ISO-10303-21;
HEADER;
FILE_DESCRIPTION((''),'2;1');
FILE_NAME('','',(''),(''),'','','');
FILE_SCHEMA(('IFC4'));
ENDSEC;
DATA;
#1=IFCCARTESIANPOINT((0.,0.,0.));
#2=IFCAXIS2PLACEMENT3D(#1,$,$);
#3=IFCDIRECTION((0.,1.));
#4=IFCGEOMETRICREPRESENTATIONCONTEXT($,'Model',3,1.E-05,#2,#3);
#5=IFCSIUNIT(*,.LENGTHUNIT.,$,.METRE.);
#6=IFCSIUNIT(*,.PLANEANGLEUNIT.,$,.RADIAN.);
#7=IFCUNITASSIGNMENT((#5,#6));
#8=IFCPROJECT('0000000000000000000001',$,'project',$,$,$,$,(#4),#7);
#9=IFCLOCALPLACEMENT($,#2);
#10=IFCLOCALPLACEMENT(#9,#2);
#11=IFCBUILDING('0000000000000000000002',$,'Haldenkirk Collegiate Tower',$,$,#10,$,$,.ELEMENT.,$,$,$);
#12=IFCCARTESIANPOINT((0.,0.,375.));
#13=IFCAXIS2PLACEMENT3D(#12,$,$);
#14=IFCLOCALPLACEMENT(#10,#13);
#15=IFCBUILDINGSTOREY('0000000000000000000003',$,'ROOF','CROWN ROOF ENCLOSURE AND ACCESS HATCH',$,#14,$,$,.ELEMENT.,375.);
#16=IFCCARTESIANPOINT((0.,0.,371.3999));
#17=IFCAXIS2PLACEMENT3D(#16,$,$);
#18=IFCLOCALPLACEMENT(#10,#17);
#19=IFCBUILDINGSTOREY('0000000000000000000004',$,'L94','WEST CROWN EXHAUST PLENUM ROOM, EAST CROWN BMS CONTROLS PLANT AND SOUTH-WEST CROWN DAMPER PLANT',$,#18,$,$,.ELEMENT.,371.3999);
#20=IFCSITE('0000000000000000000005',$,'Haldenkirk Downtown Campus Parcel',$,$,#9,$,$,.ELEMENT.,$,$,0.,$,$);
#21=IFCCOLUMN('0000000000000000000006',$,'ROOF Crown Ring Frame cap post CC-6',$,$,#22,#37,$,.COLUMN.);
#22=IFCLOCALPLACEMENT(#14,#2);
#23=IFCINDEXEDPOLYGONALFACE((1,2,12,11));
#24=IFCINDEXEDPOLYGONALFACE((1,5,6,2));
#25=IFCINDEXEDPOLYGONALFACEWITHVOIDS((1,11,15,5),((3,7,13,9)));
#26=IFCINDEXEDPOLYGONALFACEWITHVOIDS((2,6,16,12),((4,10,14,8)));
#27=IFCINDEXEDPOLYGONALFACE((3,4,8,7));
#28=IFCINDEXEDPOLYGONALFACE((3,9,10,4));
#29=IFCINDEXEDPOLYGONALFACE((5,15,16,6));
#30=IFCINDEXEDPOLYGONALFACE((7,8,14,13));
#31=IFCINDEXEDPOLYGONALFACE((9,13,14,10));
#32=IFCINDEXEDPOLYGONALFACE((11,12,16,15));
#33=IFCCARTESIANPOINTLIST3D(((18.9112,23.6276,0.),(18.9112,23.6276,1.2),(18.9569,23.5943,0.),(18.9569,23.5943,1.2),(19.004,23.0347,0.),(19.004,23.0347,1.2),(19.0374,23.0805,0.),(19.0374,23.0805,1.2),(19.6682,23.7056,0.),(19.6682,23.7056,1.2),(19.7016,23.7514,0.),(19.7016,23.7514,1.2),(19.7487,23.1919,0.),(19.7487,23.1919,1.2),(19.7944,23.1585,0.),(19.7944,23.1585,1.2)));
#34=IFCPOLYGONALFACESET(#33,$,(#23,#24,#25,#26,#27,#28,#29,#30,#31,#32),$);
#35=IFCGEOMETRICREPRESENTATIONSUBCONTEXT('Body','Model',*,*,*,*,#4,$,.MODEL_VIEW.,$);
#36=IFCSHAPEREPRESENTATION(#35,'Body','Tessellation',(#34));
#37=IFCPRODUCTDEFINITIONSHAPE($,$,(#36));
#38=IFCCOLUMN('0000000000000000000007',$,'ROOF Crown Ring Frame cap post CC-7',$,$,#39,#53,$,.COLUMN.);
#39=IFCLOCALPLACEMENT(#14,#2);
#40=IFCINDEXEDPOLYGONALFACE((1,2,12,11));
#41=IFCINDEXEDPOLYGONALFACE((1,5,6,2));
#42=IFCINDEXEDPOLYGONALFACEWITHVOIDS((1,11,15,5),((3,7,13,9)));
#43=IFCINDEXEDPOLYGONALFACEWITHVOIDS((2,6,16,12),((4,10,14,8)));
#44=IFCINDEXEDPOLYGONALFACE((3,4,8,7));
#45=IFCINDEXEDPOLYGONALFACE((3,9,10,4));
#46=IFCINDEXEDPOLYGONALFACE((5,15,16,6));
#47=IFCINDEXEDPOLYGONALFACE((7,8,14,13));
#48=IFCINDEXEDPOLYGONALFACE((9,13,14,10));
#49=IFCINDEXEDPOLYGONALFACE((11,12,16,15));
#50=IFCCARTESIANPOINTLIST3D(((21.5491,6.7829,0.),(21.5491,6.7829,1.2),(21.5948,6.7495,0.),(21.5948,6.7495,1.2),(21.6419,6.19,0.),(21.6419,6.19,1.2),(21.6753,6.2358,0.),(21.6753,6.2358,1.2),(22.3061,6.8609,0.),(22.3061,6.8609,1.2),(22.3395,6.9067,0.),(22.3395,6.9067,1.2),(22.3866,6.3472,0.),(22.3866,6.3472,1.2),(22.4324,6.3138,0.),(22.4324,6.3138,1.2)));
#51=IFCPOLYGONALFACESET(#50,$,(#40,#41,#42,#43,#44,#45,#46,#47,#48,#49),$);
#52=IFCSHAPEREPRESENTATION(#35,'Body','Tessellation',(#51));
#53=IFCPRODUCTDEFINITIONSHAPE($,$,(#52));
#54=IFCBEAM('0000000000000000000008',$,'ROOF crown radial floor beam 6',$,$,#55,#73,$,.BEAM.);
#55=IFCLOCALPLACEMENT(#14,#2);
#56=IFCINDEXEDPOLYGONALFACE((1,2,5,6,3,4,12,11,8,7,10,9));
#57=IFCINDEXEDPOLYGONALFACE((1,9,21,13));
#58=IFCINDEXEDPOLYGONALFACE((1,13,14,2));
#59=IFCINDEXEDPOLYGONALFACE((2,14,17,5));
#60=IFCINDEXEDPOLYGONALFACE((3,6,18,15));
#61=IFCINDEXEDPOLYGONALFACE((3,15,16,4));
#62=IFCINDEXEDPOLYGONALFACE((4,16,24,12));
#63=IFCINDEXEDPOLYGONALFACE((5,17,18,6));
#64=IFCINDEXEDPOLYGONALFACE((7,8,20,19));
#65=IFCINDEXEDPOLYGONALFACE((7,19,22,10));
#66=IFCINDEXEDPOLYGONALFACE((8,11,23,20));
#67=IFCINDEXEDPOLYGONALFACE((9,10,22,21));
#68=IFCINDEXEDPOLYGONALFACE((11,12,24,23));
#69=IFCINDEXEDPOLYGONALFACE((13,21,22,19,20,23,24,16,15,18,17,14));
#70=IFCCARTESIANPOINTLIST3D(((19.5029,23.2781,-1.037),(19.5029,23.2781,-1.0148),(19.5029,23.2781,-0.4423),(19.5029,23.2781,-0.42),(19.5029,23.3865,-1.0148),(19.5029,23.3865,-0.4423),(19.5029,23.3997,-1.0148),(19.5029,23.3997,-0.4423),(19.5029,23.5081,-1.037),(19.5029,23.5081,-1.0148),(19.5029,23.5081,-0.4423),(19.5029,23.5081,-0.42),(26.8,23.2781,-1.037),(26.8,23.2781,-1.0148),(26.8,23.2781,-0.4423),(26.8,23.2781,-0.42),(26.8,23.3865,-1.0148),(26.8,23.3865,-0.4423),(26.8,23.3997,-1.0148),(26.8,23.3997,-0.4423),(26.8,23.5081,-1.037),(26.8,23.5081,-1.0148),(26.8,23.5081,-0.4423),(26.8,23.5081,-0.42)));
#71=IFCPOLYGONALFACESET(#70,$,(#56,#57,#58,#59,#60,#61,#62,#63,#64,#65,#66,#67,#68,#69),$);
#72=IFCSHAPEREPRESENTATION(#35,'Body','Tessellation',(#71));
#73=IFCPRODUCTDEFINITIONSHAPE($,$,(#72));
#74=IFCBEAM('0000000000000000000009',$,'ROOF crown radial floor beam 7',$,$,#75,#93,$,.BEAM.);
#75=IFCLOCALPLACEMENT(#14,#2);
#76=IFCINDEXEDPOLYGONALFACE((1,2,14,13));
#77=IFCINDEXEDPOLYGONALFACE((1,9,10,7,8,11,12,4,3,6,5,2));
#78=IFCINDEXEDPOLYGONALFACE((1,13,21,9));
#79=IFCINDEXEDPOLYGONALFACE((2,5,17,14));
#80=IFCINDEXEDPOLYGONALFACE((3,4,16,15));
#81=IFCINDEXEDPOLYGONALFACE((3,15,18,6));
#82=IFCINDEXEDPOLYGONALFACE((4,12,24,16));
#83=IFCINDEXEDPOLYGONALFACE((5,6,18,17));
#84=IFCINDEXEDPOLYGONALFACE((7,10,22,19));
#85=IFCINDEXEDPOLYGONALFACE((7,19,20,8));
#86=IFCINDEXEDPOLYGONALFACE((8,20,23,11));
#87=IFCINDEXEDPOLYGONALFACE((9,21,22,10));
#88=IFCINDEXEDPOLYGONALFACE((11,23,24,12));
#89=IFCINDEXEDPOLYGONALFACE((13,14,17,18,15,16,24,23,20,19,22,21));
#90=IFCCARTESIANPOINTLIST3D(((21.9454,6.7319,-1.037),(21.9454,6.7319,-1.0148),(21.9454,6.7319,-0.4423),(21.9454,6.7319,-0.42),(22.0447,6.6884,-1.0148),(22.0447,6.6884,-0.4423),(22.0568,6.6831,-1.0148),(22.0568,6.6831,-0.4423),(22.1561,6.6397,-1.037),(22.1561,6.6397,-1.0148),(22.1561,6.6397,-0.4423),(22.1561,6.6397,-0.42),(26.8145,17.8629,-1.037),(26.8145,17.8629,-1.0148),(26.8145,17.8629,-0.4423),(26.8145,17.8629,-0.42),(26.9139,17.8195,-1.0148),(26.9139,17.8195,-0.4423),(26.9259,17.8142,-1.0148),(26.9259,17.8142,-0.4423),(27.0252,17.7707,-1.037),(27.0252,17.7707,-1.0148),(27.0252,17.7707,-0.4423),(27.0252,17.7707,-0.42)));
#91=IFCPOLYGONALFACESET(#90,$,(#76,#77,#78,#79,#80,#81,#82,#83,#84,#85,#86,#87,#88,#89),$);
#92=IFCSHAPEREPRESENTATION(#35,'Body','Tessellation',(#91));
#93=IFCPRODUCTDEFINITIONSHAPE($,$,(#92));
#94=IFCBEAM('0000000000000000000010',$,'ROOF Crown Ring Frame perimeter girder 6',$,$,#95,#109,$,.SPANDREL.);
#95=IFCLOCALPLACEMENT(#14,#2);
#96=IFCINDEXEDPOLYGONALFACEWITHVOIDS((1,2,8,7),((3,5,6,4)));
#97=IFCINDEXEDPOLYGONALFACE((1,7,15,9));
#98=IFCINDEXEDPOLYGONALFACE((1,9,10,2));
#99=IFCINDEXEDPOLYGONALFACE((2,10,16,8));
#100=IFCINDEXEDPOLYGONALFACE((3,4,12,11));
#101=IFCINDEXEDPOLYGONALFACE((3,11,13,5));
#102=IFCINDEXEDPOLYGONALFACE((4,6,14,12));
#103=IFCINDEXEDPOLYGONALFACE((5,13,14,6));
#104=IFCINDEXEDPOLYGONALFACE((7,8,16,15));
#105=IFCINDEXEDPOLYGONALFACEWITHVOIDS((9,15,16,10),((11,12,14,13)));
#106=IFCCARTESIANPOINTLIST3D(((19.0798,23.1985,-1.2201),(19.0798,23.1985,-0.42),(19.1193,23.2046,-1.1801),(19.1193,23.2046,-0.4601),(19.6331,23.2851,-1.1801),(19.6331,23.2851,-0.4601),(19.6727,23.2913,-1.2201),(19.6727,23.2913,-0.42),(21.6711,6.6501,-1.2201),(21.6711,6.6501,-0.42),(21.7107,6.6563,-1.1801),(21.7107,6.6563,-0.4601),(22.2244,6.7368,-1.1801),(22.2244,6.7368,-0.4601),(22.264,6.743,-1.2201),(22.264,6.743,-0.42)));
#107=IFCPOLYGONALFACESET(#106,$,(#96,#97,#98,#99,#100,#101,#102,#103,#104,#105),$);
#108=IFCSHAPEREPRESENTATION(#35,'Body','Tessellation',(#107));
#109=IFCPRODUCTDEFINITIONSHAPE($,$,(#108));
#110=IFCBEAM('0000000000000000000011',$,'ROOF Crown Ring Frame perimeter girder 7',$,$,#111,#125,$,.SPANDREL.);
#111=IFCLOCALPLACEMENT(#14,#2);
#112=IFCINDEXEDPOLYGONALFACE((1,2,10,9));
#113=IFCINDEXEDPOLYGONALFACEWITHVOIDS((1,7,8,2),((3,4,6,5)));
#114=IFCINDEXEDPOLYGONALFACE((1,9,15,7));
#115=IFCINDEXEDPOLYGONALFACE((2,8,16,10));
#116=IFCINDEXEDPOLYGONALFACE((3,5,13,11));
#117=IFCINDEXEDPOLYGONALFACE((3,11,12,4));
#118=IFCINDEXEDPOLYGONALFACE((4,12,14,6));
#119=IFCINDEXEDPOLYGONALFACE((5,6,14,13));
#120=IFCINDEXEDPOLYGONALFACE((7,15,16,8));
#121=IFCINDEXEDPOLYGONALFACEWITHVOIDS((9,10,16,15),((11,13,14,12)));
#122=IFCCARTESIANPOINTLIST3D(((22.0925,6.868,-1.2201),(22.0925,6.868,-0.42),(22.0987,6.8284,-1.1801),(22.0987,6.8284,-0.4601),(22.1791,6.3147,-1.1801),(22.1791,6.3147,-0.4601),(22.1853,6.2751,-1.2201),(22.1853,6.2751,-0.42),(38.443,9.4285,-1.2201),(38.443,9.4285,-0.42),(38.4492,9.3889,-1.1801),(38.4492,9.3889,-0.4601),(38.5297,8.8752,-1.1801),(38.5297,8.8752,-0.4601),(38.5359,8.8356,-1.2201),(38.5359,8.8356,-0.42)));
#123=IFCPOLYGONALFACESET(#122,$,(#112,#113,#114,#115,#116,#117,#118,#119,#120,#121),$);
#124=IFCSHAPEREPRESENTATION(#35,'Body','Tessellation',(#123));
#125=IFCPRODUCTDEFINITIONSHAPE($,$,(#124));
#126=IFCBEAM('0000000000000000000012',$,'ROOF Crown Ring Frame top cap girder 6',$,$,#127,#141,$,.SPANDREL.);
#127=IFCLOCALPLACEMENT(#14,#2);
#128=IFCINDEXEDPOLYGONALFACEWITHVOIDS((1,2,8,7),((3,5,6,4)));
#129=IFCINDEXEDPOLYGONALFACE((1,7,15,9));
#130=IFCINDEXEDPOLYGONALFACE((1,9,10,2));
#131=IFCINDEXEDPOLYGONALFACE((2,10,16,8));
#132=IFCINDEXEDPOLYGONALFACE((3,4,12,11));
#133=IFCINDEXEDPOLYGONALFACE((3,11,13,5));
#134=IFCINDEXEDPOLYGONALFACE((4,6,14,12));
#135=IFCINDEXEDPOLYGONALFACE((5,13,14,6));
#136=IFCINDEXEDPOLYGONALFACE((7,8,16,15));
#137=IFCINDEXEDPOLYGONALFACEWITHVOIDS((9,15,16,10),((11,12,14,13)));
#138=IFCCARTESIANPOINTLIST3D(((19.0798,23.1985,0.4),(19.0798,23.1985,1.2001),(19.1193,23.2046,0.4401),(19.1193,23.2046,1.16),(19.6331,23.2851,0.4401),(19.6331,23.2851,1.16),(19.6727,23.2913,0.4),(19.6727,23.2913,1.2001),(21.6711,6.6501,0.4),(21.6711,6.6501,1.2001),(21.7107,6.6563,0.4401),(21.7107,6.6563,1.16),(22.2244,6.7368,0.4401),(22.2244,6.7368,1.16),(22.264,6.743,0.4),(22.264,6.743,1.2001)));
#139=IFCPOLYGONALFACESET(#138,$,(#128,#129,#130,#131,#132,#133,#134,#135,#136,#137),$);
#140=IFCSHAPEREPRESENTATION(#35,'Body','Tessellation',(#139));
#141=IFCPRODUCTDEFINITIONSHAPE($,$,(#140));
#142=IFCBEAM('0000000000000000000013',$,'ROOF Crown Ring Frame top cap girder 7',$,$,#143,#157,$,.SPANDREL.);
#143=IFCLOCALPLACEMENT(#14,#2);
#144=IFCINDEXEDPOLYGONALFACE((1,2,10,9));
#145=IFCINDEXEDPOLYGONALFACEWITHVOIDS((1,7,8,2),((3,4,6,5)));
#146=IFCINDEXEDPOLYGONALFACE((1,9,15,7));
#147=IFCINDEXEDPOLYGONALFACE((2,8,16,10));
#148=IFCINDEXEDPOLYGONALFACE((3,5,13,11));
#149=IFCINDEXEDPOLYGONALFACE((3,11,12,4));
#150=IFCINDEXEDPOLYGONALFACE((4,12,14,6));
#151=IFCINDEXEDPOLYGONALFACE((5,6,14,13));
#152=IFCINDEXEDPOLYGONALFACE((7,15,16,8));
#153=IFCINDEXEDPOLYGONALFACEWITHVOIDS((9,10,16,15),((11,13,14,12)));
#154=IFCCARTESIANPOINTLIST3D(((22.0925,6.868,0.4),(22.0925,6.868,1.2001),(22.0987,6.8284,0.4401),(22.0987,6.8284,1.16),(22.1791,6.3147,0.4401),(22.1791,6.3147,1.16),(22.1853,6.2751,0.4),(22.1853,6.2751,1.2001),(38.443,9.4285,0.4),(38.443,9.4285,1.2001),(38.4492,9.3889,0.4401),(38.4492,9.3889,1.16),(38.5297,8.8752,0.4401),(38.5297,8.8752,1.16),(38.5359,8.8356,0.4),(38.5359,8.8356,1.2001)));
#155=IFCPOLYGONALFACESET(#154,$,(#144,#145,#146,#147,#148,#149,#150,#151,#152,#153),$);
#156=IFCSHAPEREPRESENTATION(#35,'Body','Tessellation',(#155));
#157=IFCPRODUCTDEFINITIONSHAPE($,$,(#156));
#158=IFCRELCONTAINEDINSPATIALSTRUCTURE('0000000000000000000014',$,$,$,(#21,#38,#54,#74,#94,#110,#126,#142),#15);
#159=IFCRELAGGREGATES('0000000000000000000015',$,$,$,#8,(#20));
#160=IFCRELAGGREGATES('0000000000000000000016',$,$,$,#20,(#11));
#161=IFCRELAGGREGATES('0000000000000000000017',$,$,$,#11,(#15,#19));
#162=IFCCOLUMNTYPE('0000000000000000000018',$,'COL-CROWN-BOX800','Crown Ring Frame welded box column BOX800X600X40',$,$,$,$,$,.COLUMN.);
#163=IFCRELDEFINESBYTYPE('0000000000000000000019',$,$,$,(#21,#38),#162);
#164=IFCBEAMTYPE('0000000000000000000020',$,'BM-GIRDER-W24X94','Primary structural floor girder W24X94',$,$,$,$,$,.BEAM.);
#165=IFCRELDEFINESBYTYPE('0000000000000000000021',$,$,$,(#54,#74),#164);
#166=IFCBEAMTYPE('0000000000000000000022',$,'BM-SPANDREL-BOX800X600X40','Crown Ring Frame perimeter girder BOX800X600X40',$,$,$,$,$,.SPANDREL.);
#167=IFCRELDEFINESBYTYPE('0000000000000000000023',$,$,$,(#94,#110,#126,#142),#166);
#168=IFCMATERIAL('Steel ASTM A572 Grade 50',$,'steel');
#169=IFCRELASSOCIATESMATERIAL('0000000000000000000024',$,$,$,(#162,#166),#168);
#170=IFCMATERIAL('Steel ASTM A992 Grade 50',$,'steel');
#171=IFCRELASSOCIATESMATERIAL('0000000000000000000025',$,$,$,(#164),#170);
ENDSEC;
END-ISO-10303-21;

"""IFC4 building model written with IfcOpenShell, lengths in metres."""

from ifc_helpers import new_model, si_unit, direction, frame, origin, origin_2d, place, context, subcontext, project, spatial, hollow_rectangle, i_section, extrude, material, material_profile, profile_set, type_object, element, save


model = new_model("IFC4")

# Units and contexts
model_context = context("Model", 3, precision=1e-05, world=origin(), true_north=direction((0.0, 1.0)))
body_context = subcontext(model_context, "Body", "Model", "MODEL_VIEW")
ifc_project = project(units=[si_unit("LENGTHUNIT", "METRE"), si_unit("PLANEANGLEUNIT", "RADIAN")], contexts=[model_context])

# Site, building, storey
site_placement = place(None, origin())
site = spatial("IfcSite", under=ifc_project, at=site_placement, Name="Haldenkirk Downtown Campus Parcel", CompositionType="ELEMENT", RefElevation=0.0)
building_placement = place(site_placement, origin())
building = spatial("IfcBuilding", under=site, at=building_placement, Name="Haldenkirk Collegiate Tower", CompositionType="ELEMENT")
storey_1_placement = place(building_placement, frame((0.0, 0.0, 375.0)))
storey_1 = spatial("IfcBuildingStorey", under=building, at=storey_1_placement, Name="ROOF", Description="CROWN ROOF ENCLOSURE AND ACCESS HATCH", CompositionType="ELEMENT", Elevation=375.0)

# Columns
ifc_material_1 = material(Name="Steel ASTM A572 Grade 50", Category="steel")
ifc_material_profile_1 = material_profile(ifc_material_1, hollow_rectangle(XDim=0.6001, YDim=0.8, WallThickness=0.04, at=origin_2d()), Name="BOX800X600X40")
ifc_profile_set_1 = profile_set([ifc_material_profile_1], Name="Steel ASTM A572 Grade 50")
column_type = type_object("IfcColumnType", Name="COL-CROWN-BOX800", Description="Crown Ring Frame welded box column BOX800X600X40", PredefinedType="COLUMN", material=ifc_profile_set_1)
for number, where, z_axis, x_axis, name in (
    (1, (19.3528, 23.3931, 0.0), (0.0, 0.0, 1.0), (-0.15471, 0.98796, 0.0), "ROOF Crown Ring Frame cap post CC-6"),
    (2, (21.9907, 6.5483, 0.0), (0.0, 0.0, 1.0), (-0.15471, 0.98796, 0.0), "ROOF Crown Ring Frame cap post CC-7"),
):
    element("IfcColumn", number, at=place(storey_1_placement, frame(where, z_axis=z_axis, x_axis=x_axis)), inside=storey_1, type_object=column_type, Name=name, PredefinedType="COLUMN", context=body_context, shape_type="SweptSolid", body=[
        extrude(hollow_rectangle(XDim=0.6001, YDim=0.8, WallThickness=0.04, at=origin_2d()), origin(), (0.0, 0.0, 1.0), 1.2),
    ])

# Beams
ifc_material_2 = material(Name="Steel ASTM A992 Grade 50", Category="steel")
ifc_material_profile_2 = material_profile(ifc_material_2, i_section(OverallWidth=0.23, OverallDepth=0.6169, WebThickness=0.0132, FlangeThickness=0.0222, at=origin_2d()), Name="W24X94")
ifc_profile_set_2 = profile_set([ifc_material_profile_2], Name="Steel ASTM A992 Grade 50")
beam_type_1 = type_object("IfcBeamType", Name="BM-GIRDER-W24X94", Description="Primary structural floor girder W24X94", PredefinedType="BEAM", material=ifc_profile_set_2)
beam_1_placement = place(storey_1_placement, frame((19.5029, 23.3931, -0.7285), z_axis=(1.0, 0.0, 0.0), x_axis=(0.0, 1.0, 0.0)))
element("IfcBeam", 3, at=beam_1_placement, inside=storey_1, type_object=beam_type_1, Name="ROOF crown radial floor beam 6", PredefinedType="BEAM", context=body_context, shape_type="SweptSolid", body=[
    extrude(i_section(OverallWidth=0.23, OverallDepth=0.6169, WebThickness=0.0132, FlangeThickness=0.0222, at=origin_2d()), origin(), (0.0, 0.0, 1.0), 7.2971),
])
beam_2_placement = place(storey_1_placement, frame((22.0508, 6.6858, -0.7285), z_axis=(0.400769, 0.916179, 0.0), x_axis=(-0.916179, 0.400769, 0.0)))
element("IfcBeam", 4, at=beam_2_placement, inside=storey_1, type_object=beam_type_1, Name="ROOF crown radial floor beam 7", PredefinedType="BEAM", context=body_context, shape_type="SweptSolid", body=[
    extrude(i_section(OverallWidth=0.23, OverallDepth=0.6169, WebThickness=0.0132, FlangeThickness=0.0222, at=origin_2d()), origin(), (0.0, 0.0, 1.0), 12.1494),
])
ifc_material_profile_3 = material_profile(ifc_material_1, hollow_rectangle(XDim=0.6001, YDim=0.8, WallThickness=0.04, at=origin_2d()), Name="BOX800X600X40")
ifc_profile_set_3 = profile_set([ifc_material_profile_3], Name="Steel ASTM A572 Grade 50")
beam_type_2 = type_object("IfcBeamType", Name="BM-SPANDREL-BOX800X600X40", Description="Crown Ring Frame perimeter girder BOX800X600X40", PredefinedType="SPANDREL", material=ifc_profile_set_3)
beam_3_placement = place(storey_1_placement, frame((19.3762, 23.2449, -0.8201), z_axis=(0.154705, -0.987961, 0.0), x_axis=(0.987961, 0.154705, 0.0)))
element("IfcBeam", 5, at=beam_3_placement, inside=storey_1, type_object=beam_type_2, Name="ROOF Crown Ring Frame perimeter girder 6", PredefinedType="SPANDREL", context=body_context, shape_type="SweptSolid", body=[
    extrude(hollow_rectangle(XDim=0.6001, YDim=0.8, WallThickness=0.04, at=origin_2d()), origin(), (0.0, 0.0, 1.0), 16.75),
])
beam_4_placement = place(storey_1_placement, frame((22.1389, 6.5715, -0.8201), z_axis=(0.987959, 0.154717, 0.0), x_axis=(-0.154717, 0.987959, 0.0)))
element("IfcBeam", 6, at=beam_4_placement, inside=storey_1, type_object=beam_type_2, Name="ROOF Crown Ring Frame perimeter girder 7", PredefinedType="SPANDREL", context=body_context, shape_type="SweptSolid", body=[
    extrude(hollow_rectangle(XDim=0.6001, YDim=0.8, WallThickness=0.04, at=origin_2d()), origin(), (0.0, 0.0, 1.0), 16.5498),
])
beam_5_placement = place(storey_1_placement, frame((19.3762, 23.2449, 0.8), z_axis=(0.154705, -0.987961, 0.0), x_axis=(0.987961, 0.154705, 0.0)))
element("IfcBeam", 7, at=beam_5_placement, inside=storey_1, type_object=beam_type_2, Name="ROOF Crown Ring Frame top cap girder 6", PredefinedType="SPANDREL", context=body_context, shape_type="SweptSolid", body=[
    extrude(hollow_rectangle(XDim=0.6001, YDim=0.8, WallThickness=0.04, at=origin_2d()), origin(), (0.0, 0.0, 1.0), 16.75),
])
beam_6_placement = place(storey_1_placement, frame((22.1389, 6.5715, 0.8), z_axis=(0.987959, 0.154717, 0.0), x_axis=(-0.154717, 0.987959, 0.0)))
element("IfcBeam", 8, at=beam_6_placement, inside=storey_1, type_object=beam_type_2, Name="ROOF Crown Ring Frame top cap girder 7", PredefinedType="SPANDREL", context=body_context, shape_type="SweptSolid", body=[
    extrude(hollow_rectangle(XDim=0.6001, YDim=0.8, WallThickness=0.04, at=origin_2d()), origin(), (0.0, 0.0, 1.0), 16.5498),
])

# Shared definitions
storey_2_placement = place(building_placement, frame((0.0, 0.0, 371.3999)))
storey_2 = spatial("IfcBuildingStorey", under=building, at=storey_2_placement, Name="L94", Description="WEST CROWN EXHAUST PLENUM ROOM, EAST CROWN BMS CONTROLS PLANT AND SOUTH-WEST CROWN DAMPER PLANT", CompositionType="ELEMENT", Elevation=371.3999)

save(model, "model.ifc")
